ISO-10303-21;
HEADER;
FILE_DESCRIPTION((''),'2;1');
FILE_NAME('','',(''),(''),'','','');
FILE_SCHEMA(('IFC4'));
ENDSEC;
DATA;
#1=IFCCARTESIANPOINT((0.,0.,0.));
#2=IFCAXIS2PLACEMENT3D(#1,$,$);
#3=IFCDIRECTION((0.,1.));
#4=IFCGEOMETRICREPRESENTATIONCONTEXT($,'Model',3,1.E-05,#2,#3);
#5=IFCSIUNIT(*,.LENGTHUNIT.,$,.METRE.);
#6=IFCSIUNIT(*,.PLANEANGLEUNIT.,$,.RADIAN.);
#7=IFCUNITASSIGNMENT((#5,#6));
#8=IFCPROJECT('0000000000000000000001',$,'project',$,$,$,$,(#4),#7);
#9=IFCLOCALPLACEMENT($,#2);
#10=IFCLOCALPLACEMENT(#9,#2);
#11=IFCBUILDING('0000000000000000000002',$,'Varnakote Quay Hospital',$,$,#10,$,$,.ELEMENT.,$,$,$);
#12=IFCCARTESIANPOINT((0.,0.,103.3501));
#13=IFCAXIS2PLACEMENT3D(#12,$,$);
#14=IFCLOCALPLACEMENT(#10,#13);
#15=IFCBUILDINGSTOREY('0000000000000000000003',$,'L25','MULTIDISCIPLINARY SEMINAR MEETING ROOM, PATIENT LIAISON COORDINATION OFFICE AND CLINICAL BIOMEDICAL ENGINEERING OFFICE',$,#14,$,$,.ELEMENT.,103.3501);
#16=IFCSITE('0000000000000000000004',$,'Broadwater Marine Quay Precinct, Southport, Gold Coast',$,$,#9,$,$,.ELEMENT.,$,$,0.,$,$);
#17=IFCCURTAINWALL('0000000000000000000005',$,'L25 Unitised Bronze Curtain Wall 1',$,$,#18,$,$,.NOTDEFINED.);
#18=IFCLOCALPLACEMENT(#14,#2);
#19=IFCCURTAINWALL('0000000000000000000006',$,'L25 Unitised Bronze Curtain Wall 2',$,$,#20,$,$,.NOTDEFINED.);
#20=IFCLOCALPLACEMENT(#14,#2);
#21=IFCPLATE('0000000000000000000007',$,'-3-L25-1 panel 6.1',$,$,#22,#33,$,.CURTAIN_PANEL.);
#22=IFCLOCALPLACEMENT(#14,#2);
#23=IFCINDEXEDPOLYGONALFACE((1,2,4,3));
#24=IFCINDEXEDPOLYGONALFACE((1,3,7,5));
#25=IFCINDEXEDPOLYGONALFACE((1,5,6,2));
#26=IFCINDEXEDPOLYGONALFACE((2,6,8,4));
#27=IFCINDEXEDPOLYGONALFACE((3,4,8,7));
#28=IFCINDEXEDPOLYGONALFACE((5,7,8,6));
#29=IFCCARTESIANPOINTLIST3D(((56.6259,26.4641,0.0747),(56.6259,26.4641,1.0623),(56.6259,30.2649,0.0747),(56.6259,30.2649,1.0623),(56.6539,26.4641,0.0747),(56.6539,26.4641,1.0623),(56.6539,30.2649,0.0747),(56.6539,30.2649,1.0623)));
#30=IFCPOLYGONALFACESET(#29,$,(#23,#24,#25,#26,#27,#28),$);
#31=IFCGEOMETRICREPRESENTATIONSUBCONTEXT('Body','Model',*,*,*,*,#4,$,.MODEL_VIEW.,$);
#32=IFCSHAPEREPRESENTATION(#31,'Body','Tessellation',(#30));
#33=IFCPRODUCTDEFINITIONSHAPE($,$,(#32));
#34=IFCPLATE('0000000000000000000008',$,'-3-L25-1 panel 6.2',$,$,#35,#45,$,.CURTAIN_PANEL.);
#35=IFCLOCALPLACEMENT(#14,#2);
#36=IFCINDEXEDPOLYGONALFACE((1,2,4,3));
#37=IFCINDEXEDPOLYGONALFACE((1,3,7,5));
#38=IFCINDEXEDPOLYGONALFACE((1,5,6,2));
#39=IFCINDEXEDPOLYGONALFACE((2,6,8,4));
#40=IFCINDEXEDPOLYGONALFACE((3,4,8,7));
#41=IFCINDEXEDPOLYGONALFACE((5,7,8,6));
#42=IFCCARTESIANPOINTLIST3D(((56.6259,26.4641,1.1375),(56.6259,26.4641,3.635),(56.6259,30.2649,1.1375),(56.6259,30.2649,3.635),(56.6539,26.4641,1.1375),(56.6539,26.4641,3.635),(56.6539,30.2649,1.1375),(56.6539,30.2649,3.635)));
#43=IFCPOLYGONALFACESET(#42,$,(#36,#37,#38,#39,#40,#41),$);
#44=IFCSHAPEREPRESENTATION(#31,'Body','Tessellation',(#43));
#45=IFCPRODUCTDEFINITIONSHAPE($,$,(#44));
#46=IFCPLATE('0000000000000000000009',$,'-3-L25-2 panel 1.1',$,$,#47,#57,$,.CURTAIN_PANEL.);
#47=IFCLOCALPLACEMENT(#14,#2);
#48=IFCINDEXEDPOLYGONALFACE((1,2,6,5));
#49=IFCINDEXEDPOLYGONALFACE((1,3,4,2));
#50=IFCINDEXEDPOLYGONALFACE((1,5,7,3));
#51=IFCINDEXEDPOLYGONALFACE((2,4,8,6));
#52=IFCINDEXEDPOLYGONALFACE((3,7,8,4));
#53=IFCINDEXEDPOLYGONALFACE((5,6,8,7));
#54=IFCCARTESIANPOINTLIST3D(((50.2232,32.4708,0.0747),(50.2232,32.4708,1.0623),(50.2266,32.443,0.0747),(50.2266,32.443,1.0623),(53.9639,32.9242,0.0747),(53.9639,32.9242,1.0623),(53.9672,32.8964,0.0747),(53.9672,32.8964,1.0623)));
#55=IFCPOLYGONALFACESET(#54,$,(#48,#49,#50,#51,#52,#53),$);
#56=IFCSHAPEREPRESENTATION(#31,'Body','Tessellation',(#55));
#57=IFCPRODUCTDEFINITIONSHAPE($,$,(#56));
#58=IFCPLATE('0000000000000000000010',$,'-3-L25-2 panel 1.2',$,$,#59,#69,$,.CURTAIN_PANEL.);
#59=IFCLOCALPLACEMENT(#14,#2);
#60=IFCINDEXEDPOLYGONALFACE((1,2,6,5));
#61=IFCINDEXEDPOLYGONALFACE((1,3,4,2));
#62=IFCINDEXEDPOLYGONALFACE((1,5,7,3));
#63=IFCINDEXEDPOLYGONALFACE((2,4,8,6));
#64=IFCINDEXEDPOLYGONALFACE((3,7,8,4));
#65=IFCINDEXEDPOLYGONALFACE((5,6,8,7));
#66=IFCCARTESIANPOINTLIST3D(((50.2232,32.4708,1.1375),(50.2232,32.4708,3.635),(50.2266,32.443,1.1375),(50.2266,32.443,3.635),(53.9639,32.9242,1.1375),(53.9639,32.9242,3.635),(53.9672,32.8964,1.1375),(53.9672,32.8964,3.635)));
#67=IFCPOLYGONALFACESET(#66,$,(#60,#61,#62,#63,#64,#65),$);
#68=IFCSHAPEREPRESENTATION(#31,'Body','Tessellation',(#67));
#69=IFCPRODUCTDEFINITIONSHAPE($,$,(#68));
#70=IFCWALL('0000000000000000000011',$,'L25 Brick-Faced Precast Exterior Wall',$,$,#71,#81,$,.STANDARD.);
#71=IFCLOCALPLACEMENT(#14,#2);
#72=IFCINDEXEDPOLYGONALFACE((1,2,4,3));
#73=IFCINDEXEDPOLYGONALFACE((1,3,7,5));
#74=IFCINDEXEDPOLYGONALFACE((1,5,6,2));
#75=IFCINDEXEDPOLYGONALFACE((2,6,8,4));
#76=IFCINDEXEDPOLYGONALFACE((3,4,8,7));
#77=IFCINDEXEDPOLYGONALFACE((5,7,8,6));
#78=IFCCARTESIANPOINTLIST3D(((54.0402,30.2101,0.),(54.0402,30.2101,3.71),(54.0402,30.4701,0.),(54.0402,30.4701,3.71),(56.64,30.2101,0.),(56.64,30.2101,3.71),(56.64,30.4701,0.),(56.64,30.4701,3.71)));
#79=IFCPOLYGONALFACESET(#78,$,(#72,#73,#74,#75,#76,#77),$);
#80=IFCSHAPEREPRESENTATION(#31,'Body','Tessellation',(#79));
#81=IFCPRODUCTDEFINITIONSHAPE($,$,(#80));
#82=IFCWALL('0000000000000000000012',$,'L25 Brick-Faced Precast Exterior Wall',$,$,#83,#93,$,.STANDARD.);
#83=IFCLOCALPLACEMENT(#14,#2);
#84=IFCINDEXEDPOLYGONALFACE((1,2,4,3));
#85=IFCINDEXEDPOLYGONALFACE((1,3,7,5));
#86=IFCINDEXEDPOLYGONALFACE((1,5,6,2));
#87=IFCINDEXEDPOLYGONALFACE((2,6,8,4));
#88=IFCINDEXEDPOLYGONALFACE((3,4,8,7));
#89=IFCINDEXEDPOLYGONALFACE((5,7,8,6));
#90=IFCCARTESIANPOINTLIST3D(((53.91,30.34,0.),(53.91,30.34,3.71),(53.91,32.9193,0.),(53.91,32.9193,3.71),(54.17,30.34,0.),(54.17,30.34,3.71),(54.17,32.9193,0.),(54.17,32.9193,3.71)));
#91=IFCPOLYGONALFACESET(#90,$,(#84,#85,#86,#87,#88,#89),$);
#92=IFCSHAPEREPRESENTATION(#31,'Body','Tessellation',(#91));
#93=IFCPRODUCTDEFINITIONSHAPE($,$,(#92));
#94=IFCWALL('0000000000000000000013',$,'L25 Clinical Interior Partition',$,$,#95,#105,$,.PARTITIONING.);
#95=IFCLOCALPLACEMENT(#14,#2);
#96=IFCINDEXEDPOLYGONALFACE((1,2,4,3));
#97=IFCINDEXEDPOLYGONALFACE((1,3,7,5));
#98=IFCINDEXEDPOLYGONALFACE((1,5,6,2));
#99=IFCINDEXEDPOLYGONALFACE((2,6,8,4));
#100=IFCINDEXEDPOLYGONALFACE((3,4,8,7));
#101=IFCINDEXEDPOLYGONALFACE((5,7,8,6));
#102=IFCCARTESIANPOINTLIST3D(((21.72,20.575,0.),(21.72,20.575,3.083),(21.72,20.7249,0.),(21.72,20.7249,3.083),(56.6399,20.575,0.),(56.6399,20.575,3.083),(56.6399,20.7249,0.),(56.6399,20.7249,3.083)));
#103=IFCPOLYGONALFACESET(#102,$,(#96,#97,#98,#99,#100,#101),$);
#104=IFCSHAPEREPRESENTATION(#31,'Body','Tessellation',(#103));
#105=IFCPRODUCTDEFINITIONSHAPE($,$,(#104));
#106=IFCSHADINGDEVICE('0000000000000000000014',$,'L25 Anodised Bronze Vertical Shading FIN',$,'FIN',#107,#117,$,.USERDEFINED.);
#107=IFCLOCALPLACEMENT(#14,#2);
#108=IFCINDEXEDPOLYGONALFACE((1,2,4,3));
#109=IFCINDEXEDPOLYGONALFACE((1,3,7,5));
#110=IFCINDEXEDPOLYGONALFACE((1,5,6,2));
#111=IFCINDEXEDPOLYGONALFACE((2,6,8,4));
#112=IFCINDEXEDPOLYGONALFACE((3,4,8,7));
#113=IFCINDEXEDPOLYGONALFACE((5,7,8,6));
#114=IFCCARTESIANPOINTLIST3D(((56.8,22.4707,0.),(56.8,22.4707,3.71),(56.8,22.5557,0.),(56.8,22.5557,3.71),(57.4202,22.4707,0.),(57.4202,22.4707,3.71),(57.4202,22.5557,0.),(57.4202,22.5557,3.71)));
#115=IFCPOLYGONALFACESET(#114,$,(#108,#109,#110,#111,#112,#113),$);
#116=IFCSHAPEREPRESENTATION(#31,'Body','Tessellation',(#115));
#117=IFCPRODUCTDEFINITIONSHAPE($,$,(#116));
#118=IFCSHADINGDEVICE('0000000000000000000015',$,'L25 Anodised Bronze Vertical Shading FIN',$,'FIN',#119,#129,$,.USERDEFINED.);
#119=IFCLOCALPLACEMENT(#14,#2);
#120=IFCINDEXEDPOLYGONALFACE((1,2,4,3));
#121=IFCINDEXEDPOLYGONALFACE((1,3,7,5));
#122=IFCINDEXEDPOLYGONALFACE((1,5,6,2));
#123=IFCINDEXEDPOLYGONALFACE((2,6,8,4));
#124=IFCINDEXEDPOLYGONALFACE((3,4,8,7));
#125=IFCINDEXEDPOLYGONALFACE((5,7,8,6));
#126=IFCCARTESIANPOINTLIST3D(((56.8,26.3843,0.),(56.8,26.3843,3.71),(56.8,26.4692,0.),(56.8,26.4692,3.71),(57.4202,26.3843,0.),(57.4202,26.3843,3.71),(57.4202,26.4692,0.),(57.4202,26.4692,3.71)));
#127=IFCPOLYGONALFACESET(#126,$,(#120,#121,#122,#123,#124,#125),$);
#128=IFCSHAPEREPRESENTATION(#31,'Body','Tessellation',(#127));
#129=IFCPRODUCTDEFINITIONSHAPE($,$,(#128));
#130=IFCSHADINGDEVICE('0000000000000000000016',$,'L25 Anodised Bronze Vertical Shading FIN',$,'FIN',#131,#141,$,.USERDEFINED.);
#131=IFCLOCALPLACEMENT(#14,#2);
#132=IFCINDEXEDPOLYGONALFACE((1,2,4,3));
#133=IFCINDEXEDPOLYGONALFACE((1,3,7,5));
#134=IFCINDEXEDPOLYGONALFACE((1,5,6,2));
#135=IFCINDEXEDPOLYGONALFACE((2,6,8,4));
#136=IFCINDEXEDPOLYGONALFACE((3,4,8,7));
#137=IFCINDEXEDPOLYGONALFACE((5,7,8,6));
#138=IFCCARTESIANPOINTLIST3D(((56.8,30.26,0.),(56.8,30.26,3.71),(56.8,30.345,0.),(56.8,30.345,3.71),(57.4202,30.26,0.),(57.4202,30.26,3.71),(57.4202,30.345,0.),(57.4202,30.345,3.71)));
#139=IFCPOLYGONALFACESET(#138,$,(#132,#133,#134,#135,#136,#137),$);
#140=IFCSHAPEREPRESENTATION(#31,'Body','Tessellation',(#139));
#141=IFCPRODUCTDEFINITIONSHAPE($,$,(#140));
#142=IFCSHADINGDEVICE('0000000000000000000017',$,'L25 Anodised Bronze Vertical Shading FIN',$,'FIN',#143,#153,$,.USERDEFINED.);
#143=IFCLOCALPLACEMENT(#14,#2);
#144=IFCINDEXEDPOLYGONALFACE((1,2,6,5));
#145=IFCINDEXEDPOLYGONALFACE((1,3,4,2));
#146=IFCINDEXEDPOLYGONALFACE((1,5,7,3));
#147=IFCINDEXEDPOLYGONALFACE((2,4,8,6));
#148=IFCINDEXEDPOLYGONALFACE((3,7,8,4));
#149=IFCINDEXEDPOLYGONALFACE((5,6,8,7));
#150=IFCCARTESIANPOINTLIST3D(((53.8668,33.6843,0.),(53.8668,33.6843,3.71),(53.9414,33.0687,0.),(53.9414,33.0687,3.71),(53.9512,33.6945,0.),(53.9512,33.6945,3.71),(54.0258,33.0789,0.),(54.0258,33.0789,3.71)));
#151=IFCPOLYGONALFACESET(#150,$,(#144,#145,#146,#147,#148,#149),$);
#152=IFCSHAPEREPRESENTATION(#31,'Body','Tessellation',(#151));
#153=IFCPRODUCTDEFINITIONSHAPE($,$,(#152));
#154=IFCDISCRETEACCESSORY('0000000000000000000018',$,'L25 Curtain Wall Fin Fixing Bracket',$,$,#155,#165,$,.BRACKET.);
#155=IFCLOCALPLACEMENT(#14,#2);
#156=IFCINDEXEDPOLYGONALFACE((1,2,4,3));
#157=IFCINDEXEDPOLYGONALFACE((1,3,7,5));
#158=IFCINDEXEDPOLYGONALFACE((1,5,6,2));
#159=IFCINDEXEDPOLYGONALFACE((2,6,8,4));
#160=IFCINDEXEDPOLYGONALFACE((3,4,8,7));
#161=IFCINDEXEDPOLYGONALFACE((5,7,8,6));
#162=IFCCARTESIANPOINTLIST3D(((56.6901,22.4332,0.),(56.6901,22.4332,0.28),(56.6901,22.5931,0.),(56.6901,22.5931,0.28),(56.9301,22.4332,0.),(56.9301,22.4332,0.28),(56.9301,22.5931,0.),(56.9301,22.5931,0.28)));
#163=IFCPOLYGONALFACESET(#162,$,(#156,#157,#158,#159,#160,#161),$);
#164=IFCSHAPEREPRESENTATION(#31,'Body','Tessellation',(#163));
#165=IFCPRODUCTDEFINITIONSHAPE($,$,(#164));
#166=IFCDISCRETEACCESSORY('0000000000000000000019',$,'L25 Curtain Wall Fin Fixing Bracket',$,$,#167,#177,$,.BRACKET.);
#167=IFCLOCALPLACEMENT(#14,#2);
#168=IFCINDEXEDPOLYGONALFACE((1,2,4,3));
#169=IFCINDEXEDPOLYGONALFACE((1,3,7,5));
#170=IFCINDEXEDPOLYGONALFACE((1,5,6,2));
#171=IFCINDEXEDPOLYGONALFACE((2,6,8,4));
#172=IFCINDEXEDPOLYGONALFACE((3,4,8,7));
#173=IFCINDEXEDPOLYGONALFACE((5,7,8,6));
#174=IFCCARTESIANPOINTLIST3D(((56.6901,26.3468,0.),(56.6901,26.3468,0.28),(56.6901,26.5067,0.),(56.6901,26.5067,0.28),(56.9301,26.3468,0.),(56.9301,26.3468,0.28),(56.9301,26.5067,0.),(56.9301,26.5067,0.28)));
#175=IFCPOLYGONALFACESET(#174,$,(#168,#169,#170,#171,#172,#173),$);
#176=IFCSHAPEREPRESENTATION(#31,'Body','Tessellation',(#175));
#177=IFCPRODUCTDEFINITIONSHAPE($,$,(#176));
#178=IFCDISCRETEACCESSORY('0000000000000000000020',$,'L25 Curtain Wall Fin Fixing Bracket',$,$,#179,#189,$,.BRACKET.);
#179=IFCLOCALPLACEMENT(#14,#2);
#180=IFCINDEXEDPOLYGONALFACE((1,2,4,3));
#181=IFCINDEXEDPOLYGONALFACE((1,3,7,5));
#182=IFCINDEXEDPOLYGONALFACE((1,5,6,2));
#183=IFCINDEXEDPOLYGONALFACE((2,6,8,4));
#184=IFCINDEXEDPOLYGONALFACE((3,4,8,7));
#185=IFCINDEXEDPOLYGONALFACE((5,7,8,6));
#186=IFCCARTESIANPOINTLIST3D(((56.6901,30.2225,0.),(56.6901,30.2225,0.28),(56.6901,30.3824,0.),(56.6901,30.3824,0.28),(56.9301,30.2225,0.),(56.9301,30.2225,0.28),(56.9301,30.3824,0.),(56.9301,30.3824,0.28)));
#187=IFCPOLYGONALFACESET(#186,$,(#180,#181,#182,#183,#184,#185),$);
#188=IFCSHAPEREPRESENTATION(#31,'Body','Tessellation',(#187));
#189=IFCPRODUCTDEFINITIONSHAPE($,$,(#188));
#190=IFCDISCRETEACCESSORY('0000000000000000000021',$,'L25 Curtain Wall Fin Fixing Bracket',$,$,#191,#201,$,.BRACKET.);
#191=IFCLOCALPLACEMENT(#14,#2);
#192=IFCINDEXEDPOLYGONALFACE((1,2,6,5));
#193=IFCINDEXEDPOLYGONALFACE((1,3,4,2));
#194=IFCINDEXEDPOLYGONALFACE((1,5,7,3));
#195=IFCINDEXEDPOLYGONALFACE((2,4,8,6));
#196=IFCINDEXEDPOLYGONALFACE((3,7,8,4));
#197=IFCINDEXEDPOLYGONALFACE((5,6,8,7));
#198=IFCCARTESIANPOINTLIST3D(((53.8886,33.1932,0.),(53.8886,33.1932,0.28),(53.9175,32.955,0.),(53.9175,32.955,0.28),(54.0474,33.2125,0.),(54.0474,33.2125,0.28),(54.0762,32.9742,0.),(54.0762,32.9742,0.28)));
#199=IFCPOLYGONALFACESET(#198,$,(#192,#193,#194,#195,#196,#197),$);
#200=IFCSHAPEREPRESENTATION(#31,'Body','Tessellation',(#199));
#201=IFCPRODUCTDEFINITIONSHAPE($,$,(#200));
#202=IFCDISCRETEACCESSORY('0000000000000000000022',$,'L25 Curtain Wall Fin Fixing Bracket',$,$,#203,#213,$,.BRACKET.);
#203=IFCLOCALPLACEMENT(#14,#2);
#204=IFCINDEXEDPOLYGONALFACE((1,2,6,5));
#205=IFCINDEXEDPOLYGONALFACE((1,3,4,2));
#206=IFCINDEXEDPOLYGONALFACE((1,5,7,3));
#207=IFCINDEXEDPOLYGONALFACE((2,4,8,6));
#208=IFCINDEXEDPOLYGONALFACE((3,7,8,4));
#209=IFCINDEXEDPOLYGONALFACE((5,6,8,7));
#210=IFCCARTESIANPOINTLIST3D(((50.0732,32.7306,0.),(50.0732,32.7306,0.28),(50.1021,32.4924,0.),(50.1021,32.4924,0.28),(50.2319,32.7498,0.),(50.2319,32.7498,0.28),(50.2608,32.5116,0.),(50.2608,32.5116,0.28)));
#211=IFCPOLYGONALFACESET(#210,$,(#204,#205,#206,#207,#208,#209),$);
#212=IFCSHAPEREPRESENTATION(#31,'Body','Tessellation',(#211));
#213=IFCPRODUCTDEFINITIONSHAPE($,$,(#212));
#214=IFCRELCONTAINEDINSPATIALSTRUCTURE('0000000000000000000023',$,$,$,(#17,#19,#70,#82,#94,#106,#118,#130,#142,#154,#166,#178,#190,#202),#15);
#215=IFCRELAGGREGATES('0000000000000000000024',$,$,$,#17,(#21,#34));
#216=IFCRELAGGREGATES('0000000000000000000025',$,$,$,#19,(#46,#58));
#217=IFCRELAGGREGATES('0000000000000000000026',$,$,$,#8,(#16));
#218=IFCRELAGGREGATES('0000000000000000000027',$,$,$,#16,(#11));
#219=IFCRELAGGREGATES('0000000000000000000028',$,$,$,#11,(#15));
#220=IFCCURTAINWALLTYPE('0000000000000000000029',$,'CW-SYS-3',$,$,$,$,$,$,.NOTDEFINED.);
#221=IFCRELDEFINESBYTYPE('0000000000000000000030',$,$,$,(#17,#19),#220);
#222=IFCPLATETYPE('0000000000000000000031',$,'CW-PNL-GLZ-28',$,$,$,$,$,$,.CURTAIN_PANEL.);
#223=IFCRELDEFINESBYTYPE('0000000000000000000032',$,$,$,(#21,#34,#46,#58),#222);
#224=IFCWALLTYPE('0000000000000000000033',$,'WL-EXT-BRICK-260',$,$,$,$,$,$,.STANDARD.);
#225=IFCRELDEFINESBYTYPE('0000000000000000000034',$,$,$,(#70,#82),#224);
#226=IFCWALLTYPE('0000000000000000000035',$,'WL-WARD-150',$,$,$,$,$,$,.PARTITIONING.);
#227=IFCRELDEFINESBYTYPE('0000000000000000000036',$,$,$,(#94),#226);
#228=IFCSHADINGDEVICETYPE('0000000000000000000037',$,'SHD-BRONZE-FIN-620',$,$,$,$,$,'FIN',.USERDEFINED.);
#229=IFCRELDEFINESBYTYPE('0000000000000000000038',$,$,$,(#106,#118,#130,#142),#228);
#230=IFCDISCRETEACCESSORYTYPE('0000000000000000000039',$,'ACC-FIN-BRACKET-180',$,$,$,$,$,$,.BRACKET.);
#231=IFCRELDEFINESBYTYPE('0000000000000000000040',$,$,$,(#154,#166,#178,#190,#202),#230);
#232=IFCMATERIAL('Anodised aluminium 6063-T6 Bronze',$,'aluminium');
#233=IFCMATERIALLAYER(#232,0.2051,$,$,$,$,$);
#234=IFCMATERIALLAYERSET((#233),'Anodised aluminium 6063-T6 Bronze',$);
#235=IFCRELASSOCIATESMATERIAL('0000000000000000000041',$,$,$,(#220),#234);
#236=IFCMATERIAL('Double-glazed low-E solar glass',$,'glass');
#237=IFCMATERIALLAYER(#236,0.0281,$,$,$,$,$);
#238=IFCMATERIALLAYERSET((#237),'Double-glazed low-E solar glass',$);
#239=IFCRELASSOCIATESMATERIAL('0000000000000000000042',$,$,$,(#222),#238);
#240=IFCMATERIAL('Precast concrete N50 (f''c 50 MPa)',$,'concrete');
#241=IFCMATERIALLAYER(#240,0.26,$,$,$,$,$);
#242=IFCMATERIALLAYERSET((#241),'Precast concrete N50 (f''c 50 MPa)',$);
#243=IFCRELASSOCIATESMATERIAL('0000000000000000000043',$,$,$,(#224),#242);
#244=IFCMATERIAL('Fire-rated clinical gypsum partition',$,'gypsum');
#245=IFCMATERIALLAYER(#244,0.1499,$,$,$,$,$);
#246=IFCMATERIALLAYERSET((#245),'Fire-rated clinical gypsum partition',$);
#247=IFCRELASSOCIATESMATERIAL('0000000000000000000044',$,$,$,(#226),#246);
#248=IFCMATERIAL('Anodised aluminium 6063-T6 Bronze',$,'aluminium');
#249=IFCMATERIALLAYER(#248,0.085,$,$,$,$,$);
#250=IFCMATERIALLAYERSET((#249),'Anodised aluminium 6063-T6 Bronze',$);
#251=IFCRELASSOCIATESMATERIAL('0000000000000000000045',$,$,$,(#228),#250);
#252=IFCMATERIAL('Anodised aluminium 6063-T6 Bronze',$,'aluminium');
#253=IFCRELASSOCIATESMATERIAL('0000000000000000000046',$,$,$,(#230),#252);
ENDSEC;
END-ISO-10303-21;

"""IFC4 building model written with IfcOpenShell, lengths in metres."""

from ifc_helpers import new_model, si_unit, direction, frame, frame_2d, origin, origin_2d, place, context, subcontext, project, spatial, rectangle, extrude, material, layer, layer_set, type_object, element, aggregate, save


model = new_model("IFC4")

# Units and contexts
model_context = context("Model", 3, precision=1e-05, world=origin(), true_north=direction((0.0, 1.0)))
body_context = subcontext(model_context, "Body", "Model", "MODEL_VIEW")
ifc_project = project(units=[si_unit("LENGTHUNIT", "METRE"), si_unit("PLANEANGLEUNIT", "RADIAN")], contexts=[model_context])

# Site, building, storey
site_placement = place(None, origin())
site = spatial("IfcSite", under=ifc_project, at=site_placement, Name="Broadwater Marine Quay Precinct, Southport, Gold Coast", CompositionType="ELEMENT", RefElevation=0.0)
building_placement = place(site_placement, origin())
building = spatial("IfcBuilding", under=site, at=building_placement, Name="Varnakote Quay Hospital", CompositionType="ELEMENT")
storey_placement = place(building_placement, frame((0.0, 0.0, 103.3501)))
storey = spatial("IfcBuildingStorey", under=building, at=storey_placement, Name="L25", Description="MULTIDISCIPLINARY SEMINAR MEETING ROOM, PATIENT LIAISON COORDINATION OFFICE AND CLINICAL BIOMEDICAL ENGINEERING OFFICE", CompositionType="ELEMENT", Elevation=103.3501)

# Curtain walls
ifc_material_1 = material(Name="Anodised aluminium 6063-T6 Bronze", Category="aluminium")
ifc_layer_1 = layer(ifc_material_1, 0.2051)
ifc_layer_set_1 = layer_set([ifc_layer_1], Name="Anodised aluminium 6063-T6 Bronze")
curtain_wall_type = type_object("IfcCurtainWallType", Name="CW-SYS-3", PredefinedType="NOTDEFINED", material=ifc_layer_set_1)
curtain_wall_1_placement = place(storey_placement, origin())
curtain_wall_1 = element("IfcCurtainWall", 1, at=curtain_wall_1_placement, inside=storey, type_object=curtain_wall_type, Name="L25 Unitised Bronze Curtain Wall 1", PredefinedType="NOTDEFINED")
curtain_wall_2_placement = place(storey_placement, origin())
curtain_wall_2 = element("IfcCurtainWall", 2, at=curtain_wall_2_placement, inside=storey, type_object=curtain_wall_type, Name="L25 Unitised Bronze Curtain Wall 2", PredefinedType="NOTDEFINED")

# Plates
ifc_material_2 = material(Name="Double-glazed low-E solar glass", Category="glass")
ifc_layer_2 = layer(ifc_material_2, 0.0281)
ifc_layer_set_2 = layer_set([ifc_layer_2], Name="Double-glazed low-E solar glass")
plate_type = type_object("IfcPlateType", Name="CW-PNL-GLZ-28", PredefinedType="CURTAIN_PANEL", material=ifc_layer_set_2)
plate_1_placement = place(storey_placement, frame((56.6399, 28.3645, 0.0747), z_axis=(0.0, 0.0, 1.0), x_axis=(0.0, 1.0, 0.0)))
plate_1 = element("IfcPlate", 3, at=plate_1_placement, type_object=plate_type, Name="-3-L25-1 panel 6.1", PredefinedType="CURTAIN_PANEL", context=body_context, shape_type="SweptSolid", body=[
    extrude(rectangle(XDim=3.8008, YDim=0.0281, at=origin_2d()), origin(), (0.0, 0.0, 1.0), 0.9875),
])
plate_2_placement = place(storey_placement, frame((56.6399, 28.3645, 1.1375), z_axis=(0.0, 0.0, 1.0), x_axis=(0.0, 1.0, 0.0)))
plate_2 = element("IfcPlate", 4, at=plate_2_placement, type_object=plate_type, Name="-3-L25-1 panel 6.2", PredefinedType="CURTAIN_PANEL", context=body_context, shape_type="SweptSolid", body=[
    extrude(rectangle(XDim=3.8008, YDim=0.0281, at=origin_2d()), origin(), (0.0, 0.0, 1.0), 2.4976),
])
aggregate(curtain_wall_1, [plate_1, plate_2])
plate_3_placement = place(storey_placement, frame((52.0952, 32.6836, 0.0747), z_axis=(0.0, 0.0, 1.0), x_axis=(-0.992734, -0.120327, 0.0)))
plate_3 = element("IfcPlate", 5, at=plate_3_placement, type_object=plate_type, Name="-3-L25-2 panel 1.1", PredefinedType="CURTAIN_PANEL", context=body_context, shape_type="SweptSolid", body=[
    extrude(rectangle(XDim=3.7681, YDim=0.0281, at=origin_2d()), origin(), (0.0, 0.0, 1.0), 0.9875),
])
plate_4_placement = place(storey_placement, frame((52.0952, 32.6836, 1.1375), z_axis=(0.0, 0.0, 1.0), x_axis=(-0.992734, -0.120327, 0.0)))
plate_4 = element("IfcPlate", 6, at=plate_4_placement, type_object=plate_type, Name="-3-L25-2 panel 1.2", PredefinedType="CURTAIN_PANEL", context=body_context, shape_type="SweptSolid", body=[
    extrude(rectangle(XDim=3.7681, YDim=0.0281, at=origin_2d()), origin(), (0.0, 0.0, 1.0), 2.4976),
])
aggregate(curtain_wall_2, [plate_3, plate_4])

# Walls
ifc_material_3 = material(Name="Precast concrete N50 (f'c 50 MPa)", Category="concrete")
ifc_layer_3 = layer(ifc_material_3, 0.26)
ifc_layer_set_3 = layer_set([ifc_layer_3], Name="Precast concrete N50 (f'c 50 MPa)")
wall_type_1 = type_object("IfcWallType", Name="WL-EXT-BRICK-260", PredefinedType="STANDARD", material=ifc_layer_set_3)
wall_1_placement = place(storey_placement, frame((56.6399, 30.3401, 0.0), z_axis=(0.0, 0.0, 1.0), x_axis=(-1.0, 0.0, 0.0)))
element("IfcWall", 7, at=wall_1_placement, inside=storey, type_object=wall_type_1, Name="L25 Brick-Faced Precast Exterior Wall", PredefinedType="STANDARD", context=body_context, shape_type="SweptSolid", body=[
    extrude(rectangle(XDim=2.5999, YDim=0.26, at=frame_2d((1.2998, 0.0))), origin(), (0.0, 0.0, 1.0), 3.71),
])
wall_2_placement = place(storey_placement, frame((54.04, 30.3401, 0.0), z_axis=(0.0, 0.0, 1.0), x_axis=(0.0, 1.0, 0.0)))
element("IfcWall", 8, at=wall_2_placement, inside=storey, type_object=wall_type_1, Name="L25 Brick-Faced Precast Exterior Wall", PredefinedType="STANDARD", context=body_context, shape_type="SweptSolid", body=[
    extrude(rectangle(XDim=2.5793, YDim=0.26, at=frame_2d((1.2896, 0.0))), origin(), (0.0, 0.0, 1.0), 3.71),
])
ifc_material_4 = material(Name="Fire-rated clinical gypsum partition", Category="gypsum")
ifc_layer_4 = layer(ifc_material_4, 0.1499)
ifc_layer_set_4 = layer_set([ifc_layer_4], Name="Fire-rated clinical gypsum partition")
wall_type_2 = type_object("IfcWallType", Name="WL-WARD-150", PredefinedType="PARTITIONING", material=ifc_layer_set_4)
wall_3_placement = place(storey_placement, frame((56.6399, 20.6499, 0.0), z_axis=(0.0, 0.0, 1.0), x_axis=(-1.0, 0.0, 0.0)))
element("IfcWall", 9, at=wall_3_placement, inside=storey, type_object=wall_type_2, Name="L25 Clinical Interior Partition", PredefinedType="PARTITIONING", context=body_context, shape_type="SweptSolid", body=[
    extrude(rectangle(XDim=34.9199, YDim=0.1499, at=frame_2d((17.46, 0.0))), origin(), (0.0, 0.0, 1.0), 3.083),
])

# Shading devices
ifc_material_5 = material(Name="Anodised aluminium 6063-T6 Bronze", Category="aluminium")
ifc_layer_5 = layer(ifc_material_5, 0.085)
ifc_layer_set_5 = layer_set([ifc_layer_5], Name="Anodised aluminium 6063-T6 Bronze")
shading_device_type = type_object("IfcShadingDeviceType", Name="SHD-BRONZE-FIN-620", ElementType="FIN", PredefinedType="USERDEFINED", material=ifc_layer_set_5)
for number, where, z_axis, x_axis, name in (
    (10, (57.1101, 22.5132, 0.0), (0.0, 0.0, 1.0), (-1.0, 0.0, 0.0), "L25 Anodised Bronze Vertical Shading FIN"),
    (11, (57.1101, 26.4268, 0.0), (0.0, 0.0, 1.0), (-1.0, 0.0, 0.0), "L25 Anodised Bronze Vertical Shading FIN"),
    (12, (57.1101, 30.3025, 0.0), (0.0, 0.0, 1.0), (-1.0, 0.0, 0.0), "L25 Anodised Bronze Vertical Shading FIN"),
    (13, (53.9463, 33.3816, 0.0), (0.0, 0.0, 1.0), (0.12031, -0.992736, 0.0), "L25 Anodised Bronze Vertical Shading FIN"),
):
    element("IfcShadingDevice", number, at=place(storey_placement, frame(where, z_axis=z_axis, x_axis=x_axis)), inside=storey, type_object=shading_device_type, Name=name, ObjectType="FIN", PredefinedType="USERDEFINED", context=body_context, shape_type="SweptSolid", body=[
        extrude(rectangle(XDim=0.6201, YDim=0.085, at=origin_2d()), origin(), (0.0, 0.0, 1.0), 3.71),
    ])

# Discrete accessories
ifc_material_6 = material(Name="Anodised aluminium 6063-T6 Bronze", Category="aluminium")
discrete_accessory_type = type_object("IfcDiscreteAccessoryType", Name="ACC-FIN-BRACKET-180", PredefinedType="BRACKET", material=ifc_material_6)
for number, where, z_axis, x_axis, name in (
    (14, (56.8101, 22.5132, 0.0), (0.0, 0.0, 1.0), (0.0, 1.0, 0.0), "L25 Curtain Wall Fin Fixing Bracket"),
    (15, (56.8101, 26.4268, 0.0), (0.0, 0.0, 1.0), (0.0, 1.0, 0.0), "L25 Curtain Wall Fin Fixing Bracket"),
    (16, (56.8101, 30.3025, 0.0), (0.0, 0.0, 1.0), (0.0, 1.0, 0.0), "L25 Curtain Wall Fin Fixing Bracket"),
    (17, (53.9824, 33.0837, 0.0), (0.0, 0.0, 1.0), (-0.992736, -0.12031, 0.0), "L25 Curtain Wall Fin Fixing Bracket"),
    (18, (50.167, 32.6211, 0.0), (0.0, 0.0, 1.0), (-0.992736, -0.12031, 0.0), "L25 Curtain Wall Fin Fixing Bracket"),
):
    element("IfcDiscreteAccessory", number, at=place(storey_placement, frame(where, z_axis=z_axis, x_axis=x_axis)), inside=storey, type_object=discrete_accessory_type, Name=name, PredefinedType="BRACKET", context=body_context, shape_type="SweptSolid", body=[
        extrude(rectangle(XDim=0.1599, YDim=0.24, at=origin_2d()), origin(), (0.0, 0.0, 1.0), 0.28),
    ])

save(model, "model.ifc")
